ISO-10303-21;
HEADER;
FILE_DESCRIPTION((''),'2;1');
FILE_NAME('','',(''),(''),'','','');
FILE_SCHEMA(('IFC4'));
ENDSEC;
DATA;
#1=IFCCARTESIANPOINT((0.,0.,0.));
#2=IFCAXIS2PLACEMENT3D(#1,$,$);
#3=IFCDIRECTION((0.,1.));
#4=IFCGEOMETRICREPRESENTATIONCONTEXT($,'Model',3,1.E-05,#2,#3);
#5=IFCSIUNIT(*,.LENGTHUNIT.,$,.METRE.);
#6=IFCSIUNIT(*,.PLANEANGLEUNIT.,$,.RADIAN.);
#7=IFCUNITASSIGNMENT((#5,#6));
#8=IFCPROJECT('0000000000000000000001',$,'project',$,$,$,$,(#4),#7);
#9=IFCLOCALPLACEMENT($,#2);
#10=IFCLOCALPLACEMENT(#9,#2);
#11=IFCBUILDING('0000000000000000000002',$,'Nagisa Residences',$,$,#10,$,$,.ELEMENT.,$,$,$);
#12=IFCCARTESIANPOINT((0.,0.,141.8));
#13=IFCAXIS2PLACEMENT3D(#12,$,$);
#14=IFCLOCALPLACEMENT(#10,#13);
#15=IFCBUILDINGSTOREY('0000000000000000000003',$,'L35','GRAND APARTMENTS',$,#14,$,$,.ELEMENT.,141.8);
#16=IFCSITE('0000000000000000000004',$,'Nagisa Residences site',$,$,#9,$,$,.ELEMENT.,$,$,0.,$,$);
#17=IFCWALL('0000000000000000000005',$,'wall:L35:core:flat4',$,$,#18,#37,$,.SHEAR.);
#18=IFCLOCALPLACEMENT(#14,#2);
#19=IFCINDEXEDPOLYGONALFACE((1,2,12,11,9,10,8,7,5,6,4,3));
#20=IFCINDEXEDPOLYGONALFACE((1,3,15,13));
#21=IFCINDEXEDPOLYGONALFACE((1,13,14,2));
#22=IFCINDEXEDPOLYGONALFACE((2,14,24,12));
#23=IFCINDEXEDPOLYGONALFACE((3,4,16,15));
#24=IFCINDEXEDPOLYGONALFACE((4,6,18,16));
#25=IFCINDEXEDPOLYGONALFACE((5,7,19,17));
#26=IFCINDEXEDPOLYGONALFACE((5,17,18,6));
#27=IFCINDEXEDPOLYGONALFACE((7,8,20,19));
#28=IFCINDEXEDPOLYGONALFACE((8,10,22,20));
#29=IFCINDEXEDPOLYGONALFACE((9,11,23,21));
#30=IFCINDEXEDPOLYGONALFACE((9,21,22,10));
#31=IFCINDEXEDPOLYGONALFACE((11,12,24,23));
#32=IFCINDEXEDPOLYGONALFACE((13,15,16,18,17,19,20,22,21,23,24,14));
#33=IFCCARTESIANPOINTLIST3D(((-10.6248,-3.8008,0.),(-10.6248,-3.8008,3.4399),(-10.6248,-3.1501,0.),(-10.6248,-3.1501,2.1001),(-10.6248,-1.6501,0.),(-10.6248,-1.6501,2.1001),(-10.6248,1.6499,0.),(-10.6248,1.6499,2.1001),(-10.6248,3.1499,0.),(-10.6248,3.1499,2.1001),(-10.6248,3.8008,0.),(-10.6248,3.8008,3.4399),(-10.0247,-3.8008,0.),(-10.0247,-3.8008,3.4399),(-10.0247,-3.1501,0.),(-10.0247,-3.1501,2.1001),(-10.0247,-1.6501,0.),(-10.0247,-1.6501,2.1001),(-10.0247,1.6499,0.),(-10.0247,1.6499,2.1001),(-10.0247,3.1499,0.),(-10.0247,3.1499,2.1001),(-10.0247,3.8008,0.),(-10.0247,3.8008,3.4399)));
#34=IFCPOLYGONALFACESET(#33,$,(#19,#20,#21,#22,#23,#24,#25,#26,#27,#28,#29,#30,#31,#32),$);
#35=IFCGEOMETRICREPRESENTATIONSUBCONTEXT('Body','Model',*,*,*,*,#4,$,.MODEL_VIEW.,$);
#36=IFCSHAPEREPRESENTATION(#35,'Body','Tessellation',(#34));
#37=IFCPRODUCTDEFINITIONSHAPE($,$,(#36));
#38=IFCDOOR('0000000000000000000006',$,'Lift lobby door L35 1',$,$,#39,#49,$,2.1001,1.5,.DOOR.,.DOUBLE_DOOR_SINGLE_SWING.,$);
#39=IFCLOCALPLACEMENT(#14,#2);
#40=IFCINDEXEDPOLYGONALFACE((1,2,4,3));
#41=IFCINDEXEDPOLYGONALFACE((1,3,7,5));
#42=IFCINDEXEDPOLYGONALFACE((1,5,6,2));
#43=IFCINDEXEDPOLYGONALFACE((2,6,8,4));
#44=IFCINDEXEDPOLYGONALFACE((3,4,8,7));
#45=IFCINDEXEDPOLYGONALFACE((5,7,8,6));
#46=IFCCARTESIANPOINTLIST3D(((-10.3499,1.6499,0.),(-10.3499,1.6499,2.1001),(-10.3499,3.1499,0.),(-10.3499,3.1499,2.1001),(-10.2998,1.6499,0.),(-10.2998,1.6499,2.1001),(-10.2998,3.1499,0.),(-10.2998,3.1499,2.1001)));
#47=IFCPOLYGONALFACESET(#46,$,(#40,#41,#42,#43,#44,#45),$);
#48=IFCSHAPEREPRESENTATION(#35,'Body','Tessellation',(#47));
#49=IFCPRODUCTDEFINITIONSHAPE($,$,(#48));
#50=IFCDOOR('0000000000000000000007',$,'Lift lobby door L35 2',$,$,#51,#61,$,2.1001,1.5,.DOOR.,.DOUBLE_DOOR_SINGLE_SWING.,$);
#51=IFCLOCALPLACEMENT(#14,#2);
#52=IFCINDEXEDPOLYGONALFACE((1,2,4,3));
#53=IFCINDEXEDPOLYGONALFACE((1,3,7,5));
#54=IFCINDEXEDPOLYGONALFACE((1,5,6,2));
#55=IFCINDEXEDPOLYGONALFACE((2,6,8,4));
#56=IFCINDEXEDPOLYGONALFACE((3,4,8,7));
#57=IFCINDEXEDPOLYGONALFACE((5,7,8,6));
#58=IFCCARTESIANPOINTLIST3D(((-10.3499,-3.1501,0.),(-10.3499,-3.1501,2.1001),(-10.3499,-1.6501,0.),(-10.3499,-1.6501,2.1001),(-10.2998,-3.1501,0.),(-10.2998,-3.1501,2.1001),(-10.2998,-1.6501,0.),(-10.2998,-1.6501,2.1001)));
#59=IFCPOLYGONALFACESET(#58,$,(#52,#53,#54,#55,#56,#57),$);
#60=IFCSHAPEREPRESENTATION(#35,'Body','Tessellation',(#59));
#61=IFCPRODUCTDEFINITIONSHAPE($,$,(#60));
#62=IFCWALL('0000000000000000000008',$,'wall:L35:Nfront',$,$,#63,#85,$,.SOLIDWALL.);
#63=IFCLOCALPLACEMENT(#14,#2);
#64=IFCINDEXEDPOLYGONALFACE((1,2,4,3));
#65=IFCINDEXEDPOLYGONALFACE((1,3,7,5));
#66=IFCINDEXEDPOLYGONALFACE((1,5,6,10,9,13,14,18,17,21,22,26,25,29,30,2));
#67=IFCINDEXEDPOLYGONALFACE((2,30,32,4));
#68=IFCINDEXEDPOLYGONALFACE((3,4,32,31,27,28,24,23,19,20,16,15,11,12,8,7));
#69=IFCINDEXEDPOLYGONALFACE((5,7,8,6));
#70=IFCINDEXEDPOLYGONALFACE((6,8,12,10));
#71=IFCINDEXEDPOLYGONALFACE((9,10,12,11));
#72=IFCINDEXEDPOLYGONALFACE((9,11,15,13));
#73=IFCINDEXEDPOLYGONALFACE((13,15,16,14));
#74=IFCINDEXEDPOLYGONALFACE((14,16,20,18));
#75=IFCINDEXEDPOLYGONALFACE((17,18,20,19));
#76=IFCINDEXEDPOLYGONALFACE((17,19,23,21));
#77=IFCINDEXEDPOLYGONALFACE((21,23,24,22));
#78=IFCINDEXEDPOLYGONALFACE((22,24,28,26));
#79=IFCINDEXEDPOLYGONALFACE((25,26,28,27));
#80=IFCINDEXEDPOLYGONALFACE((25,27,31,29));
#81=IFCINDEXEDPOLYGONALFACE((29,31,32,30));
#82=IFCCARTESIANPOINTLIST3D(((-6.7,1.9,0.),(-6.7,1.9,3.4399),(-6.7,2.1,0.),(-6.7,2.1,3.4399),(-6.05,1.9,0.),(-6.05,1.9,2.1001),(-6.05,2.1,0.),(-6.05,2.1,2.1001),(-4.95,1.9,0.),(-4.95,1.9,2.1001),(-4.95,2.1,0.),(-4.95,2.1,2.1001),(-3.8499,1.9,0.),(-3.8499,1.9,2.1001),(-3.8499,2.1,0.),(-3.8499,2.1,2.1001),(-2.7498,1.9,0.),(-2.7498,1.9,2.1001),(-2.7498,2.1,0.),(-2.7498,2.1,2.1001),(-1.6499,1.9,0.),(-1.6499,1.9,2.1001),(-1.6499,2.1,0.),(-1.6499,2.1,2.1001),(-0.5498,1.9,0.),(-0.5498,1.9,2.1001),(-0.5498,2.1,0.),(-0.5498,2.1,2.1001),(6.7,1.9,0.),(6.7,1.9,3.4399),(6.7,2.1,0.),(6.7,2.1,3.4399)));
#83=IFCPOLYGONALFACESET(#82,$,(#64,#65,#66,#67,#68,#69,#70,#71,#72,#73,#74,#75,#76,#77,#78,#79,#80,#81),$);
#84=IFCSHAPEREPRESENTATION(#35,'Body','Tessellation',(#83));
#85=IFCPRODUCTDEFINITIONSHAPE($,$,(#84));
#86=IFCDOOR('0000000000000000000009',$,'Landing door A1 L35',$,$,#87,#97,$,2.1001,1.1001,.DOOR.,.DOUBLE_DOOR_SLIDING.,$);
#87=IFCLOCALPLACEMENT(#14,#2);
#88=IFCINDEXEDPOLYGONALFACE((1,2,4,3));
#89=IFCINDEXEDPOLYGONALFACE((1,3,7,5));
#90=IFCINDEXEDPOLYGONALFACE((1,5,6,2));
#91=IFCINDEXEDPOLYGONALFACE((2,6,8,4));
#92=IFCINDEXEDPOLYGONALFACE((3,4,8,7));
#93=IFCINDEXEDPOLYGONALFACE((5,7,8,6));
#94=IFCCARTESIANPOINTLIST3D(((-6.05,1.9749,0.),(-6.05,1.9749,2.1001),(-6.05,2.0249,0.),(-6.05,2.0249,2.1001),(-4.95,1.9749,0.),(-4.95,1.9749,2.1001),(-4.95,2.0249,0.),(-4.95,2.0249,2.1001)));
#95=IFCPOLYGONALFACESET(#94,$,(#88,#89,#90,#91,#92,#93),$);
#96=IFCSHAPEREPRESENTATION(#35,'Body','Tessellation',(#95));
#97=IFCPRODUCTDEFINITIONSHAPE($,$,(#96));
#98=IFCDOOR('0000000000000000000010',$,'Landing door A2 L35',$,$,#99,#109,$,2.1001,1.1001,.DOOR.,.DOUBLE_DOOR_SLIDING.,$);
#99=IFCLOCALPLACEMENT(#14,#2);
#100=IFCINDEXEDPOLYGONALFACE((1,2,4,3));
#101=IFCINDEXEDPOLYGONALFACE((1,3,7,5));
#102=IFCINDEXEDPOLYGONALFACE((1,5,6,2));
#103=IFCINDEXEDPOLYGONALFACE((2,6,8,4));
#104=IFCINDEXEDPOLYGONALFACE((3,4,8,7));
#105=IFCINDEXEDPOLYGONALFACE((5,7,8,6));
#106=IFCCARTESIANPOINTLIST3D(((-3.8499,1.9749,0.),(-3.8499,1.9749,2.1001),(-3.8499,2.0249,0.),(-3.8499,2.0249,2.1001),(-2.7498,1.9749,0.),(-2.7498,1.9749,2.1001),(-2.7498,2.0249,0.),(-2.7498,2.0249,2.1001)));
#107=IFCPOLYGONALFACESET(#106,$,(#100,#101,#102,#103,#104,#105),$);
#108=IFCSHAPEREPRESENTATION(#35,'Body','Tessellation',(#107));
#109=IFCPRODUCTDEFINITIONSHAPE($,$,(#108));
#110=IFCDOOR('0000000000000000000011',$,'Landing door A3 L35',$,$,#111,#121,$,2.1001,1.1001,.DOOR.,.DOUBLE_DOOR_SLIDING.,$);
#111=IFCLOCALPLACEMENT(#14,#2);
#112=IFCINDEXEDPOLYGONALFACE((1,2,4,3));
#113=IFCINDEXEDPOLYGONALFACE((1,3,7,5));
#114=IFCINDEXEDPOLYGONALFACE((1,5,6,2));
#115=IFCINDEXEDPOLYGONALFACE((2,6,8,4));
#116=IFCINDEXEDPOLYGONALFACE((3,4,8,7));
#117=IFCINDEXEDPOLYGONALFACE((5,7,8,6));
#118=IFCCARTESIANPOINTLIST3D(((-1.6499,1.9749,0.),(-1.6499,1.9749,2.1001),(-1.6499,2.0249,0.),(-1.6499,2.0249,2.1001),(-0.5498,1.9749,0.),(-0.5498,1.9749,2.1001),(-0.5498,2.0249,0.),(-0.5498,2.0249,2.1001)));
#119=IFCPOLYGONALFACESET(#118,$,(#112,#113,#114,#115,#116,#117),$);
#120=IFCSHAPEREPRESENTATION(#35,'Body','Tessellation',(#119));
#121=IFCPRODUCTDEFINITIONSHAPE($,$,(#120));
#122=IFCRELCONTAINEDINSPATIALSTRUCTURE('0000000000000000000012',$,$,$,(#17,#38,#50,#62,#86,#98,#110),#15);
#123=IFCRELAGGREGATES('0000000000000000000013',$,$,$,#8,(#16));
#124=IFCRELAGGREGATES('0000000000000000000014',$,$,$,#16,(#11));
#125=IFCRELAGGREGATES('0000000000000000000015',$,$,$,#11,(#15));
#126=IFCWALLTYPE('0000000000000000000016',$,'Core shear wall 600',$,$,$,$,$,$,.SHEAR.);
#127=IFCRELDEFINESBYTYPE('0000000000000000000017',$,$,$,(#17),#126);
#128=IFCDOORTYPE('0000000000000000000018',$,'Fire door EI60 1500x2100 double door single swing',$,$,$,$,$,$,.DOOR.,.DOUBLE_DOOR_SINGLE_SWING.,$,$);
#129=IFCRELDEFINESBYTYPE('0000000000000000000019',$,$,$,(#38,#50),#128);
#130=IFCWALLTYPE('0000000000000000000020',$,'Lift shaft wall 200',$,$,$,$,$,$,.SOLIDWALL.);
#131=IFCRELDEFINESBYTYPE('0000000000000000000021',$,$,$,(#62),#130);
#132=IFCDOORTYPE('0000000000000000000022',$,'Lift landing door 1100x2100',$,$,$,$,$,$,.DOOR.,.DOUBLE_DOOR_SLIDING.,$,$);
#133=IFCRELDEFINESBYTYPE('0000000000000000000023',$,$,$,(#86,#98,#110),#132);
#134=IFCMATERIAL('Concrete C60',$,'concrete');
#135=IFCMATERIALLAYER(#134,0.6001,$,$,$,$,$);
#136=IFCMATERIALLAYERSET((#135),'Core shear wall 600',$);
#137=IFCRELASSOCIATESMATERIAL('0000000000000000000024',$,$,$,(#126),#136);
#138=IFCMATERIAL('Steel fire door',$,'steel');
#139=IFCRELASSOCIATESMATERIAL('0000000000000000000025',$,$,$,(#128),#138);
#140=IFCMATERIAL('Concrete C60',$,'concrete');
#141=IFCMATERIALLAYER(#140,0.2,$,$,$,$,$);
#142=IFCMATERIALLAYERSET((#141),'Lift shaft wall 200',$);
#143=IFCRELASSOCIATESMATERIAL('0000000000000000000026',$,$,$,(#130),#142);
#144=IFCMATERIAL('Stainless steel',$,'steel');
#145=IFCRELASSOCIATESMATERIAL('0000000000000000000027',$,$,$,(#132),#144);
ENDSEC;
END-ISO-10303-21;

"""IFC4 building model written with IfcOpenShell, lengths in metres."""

from ifc_helpers import new_model, si_unit, direction, frame, frame_2d, origin, place, context, subcontext, project, spatial, rectangle, extrude, material, layer, layer_set, type_object, element, fill, save


model = new_model("IFC4")

# Units and contexts
model_context = context("Model", 3, precision=1e-05, world=origin(), true_north=direction((0.0, 1.0)))
body_context = subcontext(model_context, "Body", "Model", "MODEL_VIEW")
ifc_project = project(units=[si_unit("LENGTHUNIT", "METRE"), si_unit("PLANEANGLEUNIT", "RADIAN")], contexts=[model_context])

# Site, building, storey
site_placement = place(None, origin())
site = spatial("IfcSite", under=ifc_project, at=site_placement, Name="Nagisa Residences site", CompositionType="ELEMENT", RefElevation=0.0)
building_placement = place(site_placement, origin())
building = spatial("IfcBuilding", under=site, at=building_placement, Name="Nagisa Residences", CompositionType="ELEMENT")
storey_placement = place(building_placement, frame((0.0, 0.0, 141.8)))
storey = spatial("IfcBuildingStorey", under=building, at=storey_placement, Name="L35", Description="GRAND APARTMENTS", CompositionType="ELEMENT", Elevation=141.8)

# Walls, openings, doors
ifc_material_1 = material(Name="Concrete C60", Category="concrete")
ifc_layer_1 = layer(ifc_material_1, 0.6001)
ifc_layer_set_1 = layer_set([ifc_layer_1], Name="Core shear wall 600")
wall_type_1 = type_object("IfcWallType", Name="Core shear wall 600", PredefinedType="SHEAR", material=ifc_layer_set_1)
wall_1_placement = place(storey_placement, frame((-10.3247, 3.8008, 0.0), z_axis=(0.0, 0.0, 1.0), x_axis=(0.0, -1.0, 0.0)))
wall_1 = element("IfcWall", 1, at=wall_1_placement, inside=storey, type_object=wall_type_1, Name="wall:L35:core:flat4", PredefinedType="SHEAR", context=body_context, shape_type="SweptSolid", body=[
    extrude(rectangle(XDim=7.6016, YDim=0.6001, at=frame_2d((3.8008, 0.0))), origin(), (0.0, 0.0, 1.0), 3.4399),
])
opening_1_placement = place(wall_1_placement, frame((0.6509, 0.0, 0.0)))
opening_1 = element("IfcOpeningElement", 2, at=opening_1_placement, cuts=wall_1, PredefinedType="OPENING", context=body_context, shape_type="SweptSolid", body=[
    extrude(rectangle(XDim=1.5, YDim=2.1001, at=frame_2d((0.75, 1.05))), frame((0.0, 0.3101, 0.0), z_axis=(0.0, -1.0, 0.0), x_axis=(1.0, 0.0, 0.0)), (0.0, 0.0, 1.0), 0.6201),
])
opening_2_placement = place(wall_1_placement, frame((5.4509, 0.0, 0.0)))
opening_2 = element("IfcOpeningElement", 3, at=opening_2_placement, cuts=wall_1, PredefinedType="OPENING", context=body_context, shape_type="SweptSolid", body=[
    extrude(rectangle(XDim=1.5, YDim=2.1001, at=frame_2d((0.75, 1.05))), frame((0.0, 0.3101, 0.0), z_axis=(0.0, -1.0, 0.0), x_axis=(1.0, 0.0, 0.0)), (0.0, 0.0, 1.0), 0.6201),
])
ifc_material_2 = material(Name="Steel fire door", Category="steel")
door_type_1 = type_object("IfcDoorType", Name="Fire door EI60 1500x2100 double door single swing", OperationType="DOUBLE_DOOR_SINGLE_SWING", PredefinedType="DOOR", material=ifc_material_2)
door_1_placement = place(opening_1_placement, origin())
door_1 = element("IfcDoor", 4, at=door_1_placement, inside=storey, type_object=door_type_1, Name="Lift lobby door L35 1", OperationType="DOUBLE_DOOR_SINGLE_SWING", OverallHeight=2.1001, OverallWidth=1.5, PredefinedType="DOOR", context=body_context, shape_type="SweptSolid", body=[
    extrude(rectangle(XDim=1.5, YDim=2.1001, at=frame_2d((0.75, 1.05))), frame((0.0, 0.0249, 0.0), z_axis=(0.0, -1.0, 0.0), x_axis=(1.0, 0.0, 0.0)), (0.0, 0.0, 1.0), 0.05),
])
fill(opening_1, door_1)
door_2_placement = place(opening_2_placement, origin())
door_2 = element("IfcDoor", 5, at=door_2_placement, inside=storey, type_object=door_type_1, Name="Lift lobby door L35 2", OperationType="DOUBLE_DOOR_SINGLE_SWING", OverallHeight=2.1001, OverallWidth=1.5, PredefinedType="DOOR", context=body_context, shape_type="SweptSolid", body=[
    extrude(rectangle(XDim=1.5, YDim=2.1001, at=frame_2d((0.75, 1.05))), frame((0.0, 0.0249, 0.0), z_axis=(0.0, -1.0, 0.0), x_axis=(1.0, 0.0, 0.0)), (0.0, 0.0, 1.0), 0.05),
])
fill(opening_2, door_2)
ifc_material_3 = material(Name="Concrete C60", Category="concrete")
ifc_layer_2 = layer(ifc_material_3, 0.2)
ifc_layer_set_2 = layer_set([ifc_layer_2], Name="Lift shaft wall 200")
wall_type_2 = type_object("IfcWallType", Name="Lift shaft wall 200", PredefinedType="SOLIDWALL", material=ifc_layer_set_2)
wall_2_placement = place(storey_placement, frame((-6.7, 2.0, 0.0), z_axis=(0.0, 0.0, 1.0), x_axis=(1.0, 0.0, 0.0)))
wall_2 = element("IfcWall", 6, at=wall_2_placement, inside=storey, type_object=wall_type_2, Name="wall:L35:Nfront", PredefinedType="SOLIDWALL", context=body_context, shape_type="SweptSolid", body=[
    extrude(rectangle(XDim=13.3999, YDim=0.2, at=frame_2d((6.7, 0.0))), origin(), (0.0, 0.0, 1.0), 3.4399),
])
opening_3_placement = place(wall_2_placement, frame((0.6499, 0.0, 0.0)))
opening_3 = element("IfcOpeningElement", 7, at=opening_3_placement, cuts=wall_2, PredefinedType="OPENING", context=body_context, shape_type="SweptSolid", body=[
    extrude(rectangle(XDim=1.1001, YDim=2.1001, at=frame_2d((0.55, 1.05))), frame((0.0, 0.1099, 0.0), z_axis=(0.0, -1.0, 0.0), x_axis=(1.0, 0.0, 0.0)), (0.0, 0.0, 1.0), 0.22),
])
opening_4_placement = place(wall_2_placement, frame((2.8501, 0.0, 0.0)))
opening_4 = element("IfcOpeningElement", 8, at=opening_4_placement, cuts=wall_2, PredefinedType="OPENING", context=body_context, shape_type="SweptSolid", body=[
    extrude(rectangle(XDim=1.1001, YDim=2.1001, at=frame_2d((0.55, 1.05))), frame((0.0, 0.1099, 0.0), z_axis=(0.0, -1.0, 0.0), x_axis=(1.0, 0.0, 0.0)), (0.0, 0.0, 1.0), 0.22),
])
opening_5_placement = place(wall_2_placement, frame((5.05, 0.0, 0.0)))
opening_5 = element("IfcOpeningElement", 9, at=opening_5_placement, cuts=wall_2, PredefinedType="OPENING", context=body_context, shape_type="SweptSolid", body=[
    extrude(rectangle(XDim=1.1001, YDim=2.1001, at=frame_2d((0.55, 1.05))), frame((0.0, 0.1099, 0.0), z_axis=(0.0, -1.0, 0.0), x_axis=(1.0, 0.0, 0.0)), (0.0, 0.0, 1.0), 0.22),
])
ifc_material_4 = material(Name="Stainless steel", Category="steel")
door_type_2 = type_object("IfcDoorType", Name="Lift landing door 1100x2100", OperationType="DOUBLE_DOOR_SLIDING", PredefinedType="DOOR", material=ifc_material_4)
door_3_placement = place(opening_3_placement, origin())
door_3 = element("IfcDoor", 10, at=door_3_placement, inside=storey, type_object=door_type_2, Name="Landing door A1 L35", OperationType="DOUBLE_DOOR_SLIDING", OverallHeight=2.1001, OverallWidth=1.1001, PredefinedType="DOOR", context=body_context, shape_type="SweptSolid", body=[
    extrude(rectangle(XDim=1.1001, YDim=2.1001, at=frame_2d((0.55, 1.05))), frame((0.0, 0.0249, 0.0), z_axis=(0.0, -1.0, 0.0), x_axis=(1.0, 0.0, 0.0)), (0.0, 0.0, 1.0), 0.05),
])
fill(opening_3, door_3)
door_4_placement = place(opening_4_placement, origin())
door_4 = element("IfcDoor", 11, at=door_4_placement, inside=storey, type_object=door_type_2, Name="Landing door A2 L35", OperationType="DOUBLE_DOOR_SLIDING", OverallHeight=2.1001, OverallWidth=1.1001, PredefinedType="DOOR", context=body_context, shape_type="SweptSolid", body=[
    extrude(rectangle(XDim=1.1001, YDim=2.1001, at=frame_2d((0.55, 1.05))), frame((0.0, 0.0249, 0.0), z_axis=(0.0, -1.0, 0.0), x_axis=(1.0, 0.0, 0.0)), (0.0, 0.0, 1.0), 0.05),
])
fill(opening_4, door_4)
door_5_placement = place(opening_5_placement, origin())
door_5 = element("IfcDoor", 12, at=door_5_placement, inside=storey, type_object=door_type_2, Name="Landing door A3 L35", OperationType="DOUBLE_DOOR_SLIDING", OverallHeight=2.1001, OverallWidth=1.1001, PredefinedType="DOOR", context=body_context, shape_type="SweptSolid", body=[
    extrude(rectangle(XDim=1.1001, YDim=2.1001, at=frame_2d((0.55, 1.05))), frame((0.0, 0.0249, 0.0), z_axis=(0.0, -1.0, 0.0), x_axis=(1.0, 0.0, 0.0)), (0.0, 0.0, 1.0), 0.05),
])
fill(opening_5, door_5)

save(model, "model.ifc")
